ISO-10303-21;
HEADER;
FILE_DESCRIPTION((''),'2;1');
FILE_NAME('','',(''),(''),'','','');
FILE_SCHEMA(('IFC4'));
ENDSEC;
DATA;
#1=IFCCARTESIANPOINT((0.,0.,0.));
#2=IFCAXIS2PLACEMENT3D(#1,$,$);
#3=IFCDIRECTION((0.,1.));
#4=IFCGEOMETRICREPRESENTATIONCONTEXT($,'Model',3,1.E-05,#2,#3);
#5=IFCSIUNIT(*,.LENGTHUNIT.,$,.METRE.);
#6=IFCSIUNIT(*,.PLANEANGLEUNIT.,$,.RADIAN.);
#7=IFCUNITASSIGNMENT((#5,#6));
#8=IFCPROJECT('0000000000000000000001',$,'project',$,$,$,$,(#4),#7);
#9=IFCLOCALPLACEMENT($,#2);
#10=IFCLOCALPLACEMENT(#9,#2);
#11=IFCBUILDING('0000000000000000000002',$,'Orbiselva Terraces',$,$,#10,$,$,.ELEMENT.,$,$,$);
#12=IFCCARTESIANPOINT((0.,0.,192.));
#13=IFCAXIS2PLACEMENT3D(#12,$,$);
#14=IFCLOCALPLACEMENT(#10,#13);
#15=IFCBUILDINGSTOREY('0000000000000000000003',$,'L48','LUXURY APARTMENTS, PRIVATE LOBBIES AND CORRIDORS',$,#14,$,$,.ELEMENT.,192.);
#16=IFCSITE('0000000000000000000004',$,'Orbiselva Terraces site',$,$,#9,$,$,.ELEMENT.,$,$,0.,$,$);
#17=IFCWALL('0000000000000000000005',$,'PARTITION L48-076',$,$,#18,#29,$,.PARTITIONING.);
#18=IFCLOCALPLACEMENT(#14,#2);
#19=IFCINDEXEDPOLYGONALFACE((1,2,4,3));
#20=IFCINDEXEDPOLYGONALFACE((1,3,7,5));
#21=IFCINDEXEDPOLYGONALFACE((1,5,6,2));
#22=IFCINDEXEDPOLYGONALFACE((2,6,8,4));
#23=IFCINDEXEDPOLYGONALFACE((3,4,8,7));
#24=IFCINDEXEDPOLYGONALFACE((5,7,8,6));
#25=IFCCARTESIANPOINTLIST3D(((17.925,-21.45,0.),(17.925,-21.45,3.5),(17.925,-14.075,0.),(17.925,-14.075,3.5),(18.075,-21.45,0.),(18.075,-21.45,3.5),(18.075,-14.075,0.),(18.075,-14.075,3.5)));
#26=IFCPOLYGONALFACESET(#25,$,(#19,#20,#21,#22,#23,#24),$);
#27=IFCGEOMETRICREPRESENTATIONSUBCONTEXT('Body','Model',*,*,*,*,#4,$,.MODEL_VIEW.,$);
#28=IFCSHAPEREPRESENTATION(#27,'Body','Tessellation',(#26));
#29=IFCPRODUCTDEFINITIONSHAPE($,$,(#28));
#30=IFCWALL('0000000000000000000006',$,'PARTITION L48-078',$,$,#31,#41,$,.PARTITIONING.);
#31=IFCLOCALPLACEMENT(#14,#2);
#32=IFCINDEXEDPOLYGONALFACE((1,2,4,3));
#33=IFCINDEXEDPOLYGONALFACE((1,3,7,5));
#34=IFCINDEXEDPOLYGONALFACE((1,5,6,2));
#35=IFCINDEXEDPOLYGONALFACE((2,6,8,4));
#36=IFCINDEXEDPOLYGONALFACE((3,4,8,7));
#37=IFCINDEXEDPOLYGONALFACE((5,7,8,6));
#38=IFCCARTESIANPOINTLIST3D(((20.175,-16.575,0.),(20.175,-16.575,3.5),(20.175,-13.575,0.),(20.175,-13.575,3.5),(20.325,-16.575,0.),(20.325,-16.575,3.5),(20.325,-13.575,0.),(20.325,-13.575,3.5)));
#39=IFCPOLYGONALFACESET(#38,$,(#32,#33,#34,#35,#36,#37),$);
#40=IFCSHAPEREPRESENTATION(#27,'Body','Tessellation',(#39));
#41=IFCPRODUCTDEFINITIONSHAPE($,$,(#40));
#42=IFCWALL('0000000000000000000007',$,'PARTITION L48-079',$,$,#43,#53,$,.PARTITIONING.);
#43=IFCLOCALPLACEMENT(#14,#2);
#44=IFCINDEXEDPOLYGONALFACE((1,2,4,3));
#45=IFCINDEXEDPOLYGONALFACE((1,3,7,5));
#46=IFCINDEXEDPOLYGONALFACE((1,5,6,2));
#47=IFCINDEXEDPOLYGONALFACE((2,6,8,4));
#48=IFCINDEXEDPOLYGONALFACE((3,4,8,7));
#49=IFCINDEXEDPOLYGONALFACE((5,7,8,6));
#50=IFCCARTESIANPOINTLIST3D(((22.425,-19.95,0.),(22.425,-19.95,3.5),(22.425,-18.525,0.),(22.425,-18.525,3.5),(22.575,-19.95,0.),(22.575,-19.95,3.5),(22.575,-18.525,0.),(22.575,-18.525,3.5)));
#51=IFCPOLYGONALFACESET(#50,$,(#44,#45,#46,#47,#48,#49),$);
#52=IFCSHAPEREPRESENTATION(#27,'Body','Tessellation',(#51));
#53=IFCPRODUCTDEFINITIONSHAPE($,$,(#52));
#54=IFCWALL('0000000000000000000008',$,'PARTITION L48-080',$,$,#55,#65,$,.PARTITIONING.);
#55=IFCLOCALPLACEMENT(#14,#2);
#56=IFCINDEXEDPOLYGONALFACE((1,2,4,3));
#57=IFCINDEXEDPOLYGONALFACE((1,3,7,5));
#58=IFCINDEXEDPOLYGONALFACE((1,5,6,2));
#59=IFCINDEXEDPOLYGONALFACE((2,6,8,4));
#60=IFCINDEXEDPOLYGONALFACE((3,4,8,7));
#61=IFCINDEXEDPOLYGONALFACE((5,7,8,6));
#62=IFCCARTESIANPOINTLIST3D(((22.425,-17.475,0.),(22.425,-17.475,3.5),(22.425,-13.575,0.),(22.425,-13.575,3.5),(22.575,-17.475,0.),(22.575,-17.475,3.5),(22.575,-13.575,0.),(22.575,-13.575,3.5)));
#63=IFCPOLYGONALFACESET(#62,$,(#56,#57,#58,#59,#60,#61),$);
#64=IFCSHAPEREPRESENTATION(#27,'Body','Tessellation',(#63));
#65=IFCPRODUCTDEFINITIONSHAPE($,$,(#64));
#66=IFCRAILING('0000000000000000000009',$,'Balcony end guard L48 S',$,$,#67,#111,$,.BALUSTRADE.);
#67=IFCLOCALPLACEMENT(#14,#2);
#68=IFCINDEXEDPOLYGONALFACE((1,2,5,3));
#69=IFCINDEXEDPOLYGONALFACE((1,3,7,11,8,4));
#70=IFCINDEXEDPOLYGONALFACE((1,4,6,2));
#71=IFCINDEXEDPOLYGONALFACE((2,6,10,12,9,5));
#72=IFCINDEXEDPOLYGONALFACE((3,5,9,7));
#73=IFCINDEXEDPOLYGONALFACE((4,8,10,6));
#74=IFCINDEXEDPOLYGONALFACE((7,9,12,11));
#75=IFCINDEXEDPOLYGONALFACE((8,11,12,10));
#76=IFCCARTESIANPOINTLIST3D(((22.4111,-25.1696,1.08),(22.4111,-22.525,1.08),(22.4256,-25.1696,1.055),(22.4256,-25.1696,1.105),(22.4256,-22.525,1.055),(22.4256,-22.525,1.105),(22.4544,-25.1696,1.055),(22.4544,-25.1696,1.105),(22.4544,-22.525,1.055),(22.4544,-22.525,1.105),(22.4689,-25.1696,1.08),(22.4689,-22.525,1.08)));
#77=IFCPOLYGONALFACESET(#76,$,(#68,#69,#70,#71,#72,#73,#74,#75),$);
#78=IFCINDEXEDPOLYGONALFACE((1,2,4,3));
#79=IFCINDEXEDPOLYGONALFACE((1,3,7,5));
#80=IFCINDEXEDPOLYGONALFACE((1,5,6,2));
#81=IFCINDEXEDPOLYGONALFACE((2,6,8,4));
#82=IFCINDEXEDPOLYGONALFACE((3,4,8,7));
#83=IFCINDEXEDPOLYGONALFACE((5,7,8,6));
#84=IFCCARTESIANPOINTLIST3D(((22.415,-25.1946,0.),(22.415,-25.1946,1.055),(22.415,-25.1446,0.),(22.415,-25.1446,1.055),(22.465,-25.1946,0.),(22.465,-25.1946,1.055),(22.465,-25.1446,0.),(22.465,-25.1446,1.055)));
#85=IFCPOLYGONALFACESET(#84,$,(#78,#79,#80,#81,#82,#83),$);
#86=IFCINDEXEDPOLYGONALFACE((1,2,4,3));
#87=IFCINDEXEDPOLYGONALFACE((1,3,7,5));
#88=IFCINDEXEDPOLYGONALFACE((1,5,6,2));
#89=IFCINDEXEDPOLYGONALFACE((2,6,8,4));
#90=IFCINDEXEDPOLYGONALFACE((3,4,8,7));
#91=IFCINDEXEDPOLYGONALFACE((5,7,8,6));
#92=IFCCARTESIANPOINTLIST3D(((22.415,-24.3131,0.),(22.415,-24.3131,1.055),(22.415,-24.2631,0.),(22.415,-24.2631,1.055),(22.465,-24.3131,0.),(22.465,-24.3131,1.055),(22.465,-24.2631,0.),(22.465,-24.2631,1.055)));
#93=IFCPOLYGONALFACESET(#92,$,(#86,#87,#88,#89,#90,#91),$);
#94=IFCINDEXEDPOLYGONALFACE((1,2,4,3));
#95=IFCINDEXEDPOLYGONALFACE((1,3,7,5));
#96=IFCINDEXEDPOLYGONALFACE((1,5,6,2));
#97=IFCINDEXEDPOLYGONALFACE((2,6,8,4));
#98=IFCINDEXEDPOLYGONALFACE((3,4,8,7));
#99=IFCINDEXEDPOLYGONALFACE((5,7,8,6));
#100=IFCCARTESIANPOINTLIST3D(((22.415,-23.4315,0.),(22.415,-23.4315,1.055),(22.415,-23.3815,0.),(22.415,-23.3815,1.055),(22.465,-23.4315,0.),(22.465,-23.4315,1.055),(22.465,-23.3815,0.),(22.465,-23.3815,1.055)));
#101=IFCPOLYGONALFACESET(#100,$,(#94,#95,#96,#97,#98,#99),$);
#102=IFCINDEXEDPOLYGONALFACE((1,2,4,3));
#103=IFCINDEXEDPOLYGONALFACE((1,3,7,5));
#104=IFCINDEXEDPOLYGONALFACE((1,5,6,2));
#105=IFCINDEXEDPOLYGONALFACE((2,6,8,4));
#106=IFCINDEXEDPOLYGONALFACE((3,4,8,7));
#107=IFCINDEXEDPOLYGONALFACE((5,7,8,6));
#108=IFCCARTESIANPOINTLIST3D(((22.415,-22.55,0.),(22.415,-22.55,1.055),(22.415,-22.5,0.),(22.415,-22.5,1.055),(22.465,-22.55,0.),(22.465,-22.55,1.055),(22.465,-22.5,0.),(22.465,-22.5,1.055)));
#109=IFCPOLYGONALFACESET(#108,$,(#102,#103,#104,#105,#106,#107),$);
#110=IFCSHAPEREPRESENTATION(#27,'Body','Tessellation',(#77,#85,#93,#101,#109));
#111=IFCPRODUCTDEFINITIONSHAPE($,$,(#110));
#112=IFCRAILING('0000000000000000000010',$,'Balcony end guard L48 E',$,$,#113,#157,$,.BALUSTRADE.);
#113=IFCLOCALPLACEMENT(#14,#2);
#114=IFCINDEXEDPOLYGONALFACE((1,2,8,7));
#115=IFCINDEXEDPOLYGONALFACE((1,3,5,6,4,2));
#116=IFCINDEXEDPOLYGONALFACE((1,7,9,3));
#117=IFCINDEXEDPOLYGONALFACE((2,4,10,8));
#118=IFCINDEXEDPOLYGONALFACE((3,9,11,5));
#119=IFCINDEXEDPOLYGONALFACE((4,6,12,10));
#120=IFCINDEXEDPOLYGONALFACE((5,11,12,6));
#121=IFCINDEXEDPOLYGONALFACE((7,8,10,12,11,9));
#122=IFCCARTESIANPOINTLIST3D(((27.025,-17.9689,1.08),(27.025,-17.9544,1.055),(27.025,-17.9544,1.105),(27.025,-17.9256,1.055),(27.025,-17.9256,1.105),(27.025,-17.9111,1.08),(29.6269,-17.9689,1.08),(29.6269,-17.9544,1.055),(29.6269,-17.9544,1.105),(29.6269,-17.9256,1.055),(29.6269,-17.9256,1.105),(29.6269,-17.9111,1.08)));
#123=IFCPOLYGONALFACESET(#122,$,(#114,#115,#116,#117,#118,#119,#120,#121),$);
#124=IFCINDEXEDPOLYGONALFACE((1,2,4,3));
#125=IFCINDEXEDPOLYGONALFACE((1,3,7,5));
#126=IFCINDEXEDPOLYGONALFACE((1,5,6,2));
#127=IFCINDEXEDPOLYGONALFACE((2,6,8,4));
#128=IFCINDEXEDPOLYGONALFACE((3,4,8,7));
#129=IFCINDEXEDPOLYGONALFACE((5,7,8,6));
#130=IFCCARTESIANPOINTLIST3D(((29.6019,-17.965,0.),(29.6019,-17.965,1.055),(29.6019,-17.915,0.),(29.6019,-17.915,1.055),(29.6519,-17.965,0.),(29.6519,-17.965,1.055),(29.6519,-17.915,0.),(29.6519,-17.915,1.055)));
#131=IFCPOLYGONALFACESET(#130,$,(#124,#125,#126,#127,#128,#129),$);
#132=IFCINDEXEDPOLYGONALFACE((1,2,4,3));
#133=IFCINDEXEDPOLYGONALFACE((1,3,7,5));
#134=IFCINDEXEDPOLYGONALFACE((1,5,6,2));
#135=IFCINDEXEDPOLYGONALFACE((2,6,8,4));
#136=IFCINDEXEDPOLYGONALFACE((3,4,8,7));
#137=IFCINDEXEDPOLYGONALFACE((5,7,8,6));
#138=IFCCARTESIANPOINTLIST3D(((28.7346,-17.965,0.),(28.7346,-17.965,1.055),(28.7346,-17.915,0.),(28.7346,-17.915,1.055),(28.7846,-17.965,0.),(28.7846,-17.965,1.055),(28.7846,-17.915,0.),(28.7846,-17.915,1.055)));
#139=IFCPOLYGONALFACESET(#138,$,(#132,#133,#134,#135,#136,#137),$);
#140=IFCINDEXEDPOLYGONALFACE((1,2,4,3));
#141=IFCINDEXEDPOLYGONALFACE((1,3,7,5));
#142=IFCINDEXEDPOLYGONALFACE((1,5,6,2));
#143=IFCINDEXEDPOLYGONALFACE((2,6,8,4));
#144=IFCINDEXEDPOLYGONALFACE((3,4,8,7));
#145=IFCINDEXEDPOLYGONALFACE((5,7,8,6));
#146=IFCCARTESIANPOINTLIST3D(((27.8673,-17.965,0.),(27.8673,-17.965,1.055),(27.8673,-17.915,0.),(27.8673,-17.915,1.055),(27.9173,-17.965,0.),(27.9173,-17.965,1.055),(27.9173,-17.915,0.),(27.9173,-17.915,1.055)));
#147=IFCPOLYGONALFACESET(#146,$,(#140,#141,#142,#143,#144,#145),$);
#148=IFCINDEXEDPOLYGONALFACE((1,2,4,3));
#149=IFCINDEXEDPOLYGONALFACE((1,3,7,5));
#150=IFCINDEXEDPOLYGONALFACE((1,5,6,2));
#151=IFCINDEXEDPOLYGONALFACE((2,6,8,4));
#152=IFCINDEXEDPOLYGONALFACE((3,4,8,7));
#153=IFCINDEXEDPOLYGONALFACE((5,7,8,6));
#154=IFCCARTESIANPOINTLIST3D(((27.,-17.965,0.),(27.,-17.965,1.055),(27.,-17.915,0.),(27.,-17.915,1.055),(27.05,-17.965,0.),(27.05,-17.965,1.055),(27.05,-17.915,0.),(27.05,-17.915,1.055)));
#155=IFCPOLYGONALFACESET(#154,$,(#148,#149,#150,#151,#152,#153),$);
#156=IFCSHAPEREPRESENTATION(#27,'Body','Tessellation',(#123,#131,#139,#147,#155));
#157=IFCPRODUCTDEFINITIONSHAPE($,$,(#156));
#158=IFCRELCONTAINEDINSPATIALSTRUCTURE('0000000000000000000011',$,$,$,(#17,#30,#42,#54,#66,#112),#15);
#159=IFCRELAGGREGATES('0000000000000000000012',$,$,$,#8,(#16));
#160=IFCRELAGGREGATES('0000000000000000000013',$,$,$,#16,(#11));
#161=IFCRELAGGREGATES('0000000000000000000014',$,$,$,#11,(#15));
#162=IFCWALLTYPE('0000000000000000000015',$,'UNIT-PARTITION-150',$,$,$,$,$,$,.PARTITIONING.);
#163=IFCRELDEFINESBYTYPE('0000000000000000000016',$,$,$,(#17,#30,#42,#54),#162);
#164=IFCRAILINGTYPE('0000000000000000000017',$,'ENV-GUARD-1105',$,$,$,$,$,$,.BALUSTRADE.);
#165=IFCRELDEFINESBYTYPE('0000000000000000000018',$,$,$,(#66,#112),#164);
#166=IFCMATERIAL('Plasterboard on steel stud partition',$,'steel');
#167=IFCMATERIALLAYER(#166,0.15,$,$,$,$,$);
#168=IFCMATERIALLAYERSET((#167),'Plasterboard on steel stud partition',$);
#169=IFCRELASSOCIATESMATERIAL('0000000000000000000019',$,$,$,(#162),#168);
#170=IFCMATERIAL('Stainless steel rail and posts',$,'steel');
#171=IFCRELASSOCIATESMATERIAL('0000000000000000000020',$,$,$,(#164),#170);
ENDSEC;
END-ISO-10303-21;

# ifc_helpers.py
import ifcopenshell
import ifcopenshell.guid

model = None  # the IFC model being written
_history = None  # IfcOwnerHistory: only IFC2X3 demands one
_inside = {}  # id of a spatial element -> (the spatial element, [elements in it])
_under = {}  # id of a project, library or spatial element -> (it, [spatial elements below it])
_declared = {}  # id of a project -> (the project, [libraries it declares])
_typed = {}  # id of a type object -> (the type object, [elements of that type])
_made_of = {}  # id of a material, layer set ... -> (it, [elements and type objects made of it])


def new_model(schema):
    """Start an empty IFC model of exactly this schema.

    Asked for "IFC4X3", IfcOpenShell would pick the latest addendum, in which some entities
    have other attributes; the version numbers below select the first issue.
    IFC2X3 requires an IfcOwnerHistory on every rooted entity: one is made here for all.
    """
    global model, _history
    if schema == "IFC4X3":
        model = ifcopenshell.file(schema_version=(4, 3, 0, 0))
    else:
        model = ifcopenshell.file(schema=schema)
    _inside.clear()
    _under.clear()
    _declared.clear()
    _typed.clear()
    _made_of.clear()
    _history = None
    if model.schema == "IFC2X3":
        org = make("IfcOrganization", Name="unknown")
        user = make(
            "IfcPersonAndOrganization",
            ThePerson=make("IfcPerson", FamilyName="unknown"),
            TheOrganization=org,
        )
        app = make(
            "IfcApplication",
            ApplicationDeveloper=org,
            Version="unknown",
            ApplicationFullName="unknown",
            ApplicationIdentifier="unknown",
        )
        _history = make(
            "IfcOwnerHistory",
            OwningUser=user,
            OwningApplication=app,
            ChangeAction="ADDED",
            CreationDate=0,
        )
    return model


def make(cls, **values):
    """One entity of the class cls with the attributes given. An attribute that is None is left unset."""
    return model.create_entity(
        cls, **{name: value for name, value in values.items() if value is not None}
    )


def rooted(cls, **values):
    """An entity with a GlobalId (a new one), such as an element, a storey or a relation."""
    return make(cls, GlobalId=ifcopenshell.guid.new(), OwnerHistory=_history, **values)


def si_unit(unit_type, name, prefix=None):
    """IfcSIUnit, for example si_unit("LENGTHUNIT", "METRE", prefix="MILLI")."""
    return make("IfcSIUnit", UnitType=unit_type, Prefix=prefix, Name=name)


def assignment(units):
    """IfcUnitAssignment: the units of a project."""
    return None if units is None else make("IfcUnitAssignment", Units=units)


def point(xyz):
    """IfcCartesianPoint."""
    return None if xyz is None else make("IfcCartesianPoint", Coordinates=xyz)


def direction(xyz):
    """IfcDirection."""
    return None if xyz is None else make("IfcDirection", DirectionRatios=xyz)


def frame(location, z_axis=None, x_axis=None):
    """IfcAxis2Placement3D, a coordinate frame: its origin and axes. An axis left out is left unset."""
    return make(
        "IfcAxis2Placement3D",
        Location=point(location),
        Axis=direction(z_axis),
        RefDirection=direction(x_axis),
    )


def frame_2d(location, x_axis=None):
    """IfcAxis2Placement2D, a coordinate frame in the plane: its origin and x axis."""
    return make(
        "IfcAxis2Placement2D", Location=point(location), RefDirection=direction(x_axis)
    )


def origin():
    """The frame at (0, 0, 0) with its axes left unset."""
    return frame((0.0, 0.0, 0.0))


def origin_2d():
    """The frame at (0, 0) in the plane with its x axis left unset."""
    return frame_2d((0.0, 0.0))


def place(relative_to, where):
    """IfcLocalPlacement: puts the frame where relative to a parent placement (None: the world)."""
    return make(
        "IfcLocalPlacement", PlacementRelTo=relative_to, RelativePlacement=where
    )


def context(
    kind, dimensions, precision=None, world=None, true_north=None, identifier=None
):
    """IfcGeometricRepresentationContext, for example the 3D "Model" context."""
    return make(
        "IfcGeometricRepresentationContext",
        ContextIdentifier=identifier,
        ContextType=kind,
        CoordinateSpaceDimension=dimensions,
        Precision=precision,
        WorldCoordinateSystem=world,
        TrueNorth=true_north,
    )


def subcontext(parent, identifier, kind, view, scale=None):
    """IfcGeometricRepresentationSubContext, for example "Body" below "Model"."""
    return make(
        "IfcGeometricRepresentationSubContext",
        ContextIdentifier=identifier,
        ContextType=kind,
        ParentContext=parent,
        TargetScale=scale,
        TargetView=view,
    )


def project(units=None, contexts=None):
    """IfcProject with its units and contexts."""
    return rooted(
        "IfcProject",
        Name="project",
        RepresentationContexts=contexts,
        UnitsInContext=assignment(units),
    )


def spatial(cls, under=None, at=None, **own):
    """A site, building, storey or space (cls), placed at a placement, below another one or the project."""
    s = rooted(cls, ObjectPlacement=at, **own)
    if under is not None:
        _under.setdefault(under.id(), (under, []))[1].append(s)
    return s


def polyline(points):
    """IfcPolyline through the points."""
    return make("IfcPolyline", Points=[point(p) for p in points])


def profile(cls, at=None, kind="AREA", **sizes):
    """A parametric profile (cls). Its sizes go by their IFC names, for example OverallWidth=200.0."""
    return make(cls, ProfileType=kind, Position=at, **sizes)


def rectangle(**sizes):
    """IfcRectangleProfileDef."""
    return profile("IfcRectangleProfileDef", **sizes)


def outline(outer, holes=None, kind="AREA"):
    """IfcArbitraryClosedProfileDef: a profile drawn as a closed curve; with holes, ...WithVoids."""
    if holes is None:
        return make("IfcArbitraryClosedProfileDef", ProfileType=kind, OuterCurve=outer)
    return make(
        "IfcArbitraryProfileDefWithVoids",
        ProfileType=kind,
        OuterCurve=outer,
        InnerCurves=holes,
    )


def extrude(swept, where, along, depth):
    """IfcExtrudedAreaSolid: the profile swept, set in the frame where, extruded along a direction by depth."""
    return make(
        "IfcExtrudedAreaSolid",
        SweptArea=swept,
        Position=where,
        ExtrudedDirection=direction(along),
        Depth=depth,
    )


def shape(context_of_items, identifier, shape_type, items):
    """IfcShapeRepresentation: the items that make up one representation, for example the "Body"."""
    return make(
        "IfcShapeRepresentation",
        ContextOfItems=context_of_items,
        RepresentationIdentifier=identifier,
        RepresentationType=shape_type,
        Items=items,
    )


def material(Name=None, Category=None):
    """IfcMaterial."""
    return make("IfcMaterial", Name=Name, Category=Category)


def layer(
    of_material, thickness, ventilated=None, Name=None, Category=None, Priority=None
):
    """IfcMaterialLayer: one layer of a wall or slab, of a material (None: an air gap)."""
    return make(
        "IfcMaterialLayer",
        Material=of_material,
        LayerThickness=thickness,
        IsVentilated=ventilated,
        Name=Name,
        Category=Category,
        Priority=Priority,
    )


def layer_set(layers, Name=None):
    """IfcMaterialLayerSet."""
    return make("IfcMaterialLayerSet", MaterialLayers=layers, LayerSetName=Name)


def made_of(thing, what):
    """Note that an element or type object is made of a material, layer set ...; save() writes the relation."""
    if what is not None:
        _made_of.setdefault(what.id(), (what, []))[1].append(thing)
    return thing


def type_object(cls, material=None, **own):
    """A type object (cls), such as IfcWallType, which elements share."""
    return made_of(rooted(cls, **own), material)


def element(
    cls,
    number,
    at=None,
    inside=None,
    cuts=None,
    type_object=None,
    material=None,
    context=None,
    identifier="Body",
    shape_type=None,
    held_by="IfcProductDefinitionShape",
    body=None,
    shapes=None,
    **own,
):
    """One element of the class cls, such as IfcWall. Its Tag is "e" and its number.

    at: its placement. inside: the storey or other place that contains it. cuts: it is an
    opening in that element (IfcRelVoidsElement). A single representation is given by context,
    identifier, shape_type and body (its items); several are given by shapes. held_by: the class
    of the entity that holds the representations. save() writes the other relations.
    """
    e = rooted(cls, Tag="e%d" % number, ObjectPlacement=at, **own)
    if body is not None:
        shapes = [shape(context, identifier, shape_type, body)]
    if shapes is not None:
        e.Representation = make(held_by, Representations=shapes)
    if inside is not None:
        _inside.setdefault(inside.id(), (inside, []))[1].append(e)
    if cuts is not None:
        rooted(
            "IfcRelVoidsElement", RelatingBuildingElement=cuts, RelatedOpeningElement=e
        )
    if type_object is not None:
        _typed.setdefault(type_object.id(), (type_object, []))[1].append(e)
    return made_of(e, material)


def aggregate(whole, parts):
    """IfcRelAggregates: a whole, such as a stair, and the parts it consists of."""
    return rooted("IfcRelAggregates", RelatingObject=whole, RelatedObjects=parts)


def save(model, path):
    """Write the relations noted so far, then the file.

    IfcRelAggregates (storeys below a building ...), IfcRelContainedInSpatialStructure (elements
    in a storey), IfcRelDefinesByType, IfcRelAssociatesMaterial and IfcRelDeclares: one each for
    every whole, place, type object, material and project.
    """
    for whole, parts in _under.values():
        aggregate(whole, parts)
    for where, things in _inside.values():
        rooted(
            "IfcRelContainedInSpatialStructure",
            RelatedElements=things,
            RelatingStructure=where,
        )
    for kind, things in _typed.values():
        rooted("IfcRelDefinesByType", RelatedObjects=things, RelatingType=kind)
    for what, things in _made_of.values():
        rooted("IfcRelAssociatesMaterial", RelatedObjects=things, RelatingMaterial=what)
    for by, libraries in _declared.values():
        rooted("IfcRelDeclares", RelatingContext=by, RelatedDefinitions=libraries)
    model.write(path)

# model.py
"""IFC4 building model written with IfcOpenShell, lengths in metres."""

from ifc_helpers import new_model, si_unit, direction, frame, frame_2d, origin, origin_2d, place, context, subcontext, project, spatial, polyline, rectangle, outline, extrude, material, layer, layer_set, type_object, element, save


model = new_model("IFC4")

# Units and contexts
model_context = context("Model", 3, precision=1e-05, world=origin(), true_north=direction((0.0, 1.0)))
body_context = subcontext(model_context, "Body", "Model", "MODEL_VIEW")
ifc_project = project(units=[si_unit("LENGTHUNIT", "METRE"), si_unit("PLANEANGLEUNIT", "RADIAN")], contexts=[model_context])

# Site, building, storey
site_placement = place(None, origin())
site = spatial("IfcSite", under=ifc_project, at=site_placement, Name="Orbiselva Terraces site", CompositionType="ELEMENT", RefElevation=0.0)
building_placement = place(site_placement, origin())
building = spatial("IfcBuilding", under=site, at=building_placement, Name="Orbiselva Terraces", CompositionType="ELEMENT")
storey_placement = place(building_placement, frame((0.0, 0.0, 192.0)))
storey = spatial("IfcBuildingStorey", under=building, at=storey_placement, Name="L48", Description="LUXURY APARTMENTS, PRIVATE LOBBIES AND CORRIDORS", CompositionType="ELEMENT", Elevation=192.0)

# Walls
ifc_material_1 = material(Name="Plasterboard on steel stud partition", Category="steel")
ifc_layer_1 = layer(ifc_material_1, 0.15)
ifc_layer_set_1 = layer_set([ifc_layer_1], Name="Plasterboard on steel stud partition")
wall_type_1 = type_object("IfcWallType", Name="UNIT-PARTITION-150", PredefinedType="PARTITIONING", material=ifc_layer_set_1)
wall_1_placement = place(storey_placement, frame((18.0, -21.45, 0.0), z_axis=(0.0, 0.0, 1.0), x_axis=(0.0, 1.0, 0.0)))
element("IfcWall", 1, at=wall_1_placement, inside=storey, type_object=wall_type_1, Name="PARTITION L48-076", PredefinedType="PARTITIONING", context=body_context, shape_type="SweptSolid", body=[
    extrude(rectangle(XDim=7.375, YDim=0.15, at=frame_2d((3.6875, 0.0))), origin(), (0.0, 0.0, 1.0), 3.5),
])
wall_2_placement = place(storey_placement, frame((20.25, -16.575, 0.0), z_axis=(0.0, 0.0, 1.0), x_axis=(0.0, 1.0, 0.0)))
element("IfcWall", 2, at=wall_2_placement, inside=storey, type_object=wall_type_1, Name="PARTITION L48-078", PredefinedType="PARTITIONING", context=body_context, shape_type="SweptSolid", body=[
    extrude(rectangle(XDim=3.0, YDim=0.15, at=frame_2d((1.5, 0.0))), origin(), (0.0, 0.0, 1.0), 3.5),
])
wall_3_placement = place(storey_placement, frame((22.5, -19.95, 0.0), z_axis=(0.0, 0.0, 1.0), x_axis=(0.0, 1.0, 0.0)))
element("IfcWall", 3, at=wall_3_placement, inside=storey, type_object=wall_type_1, Name="PARTITION L48-079", PredefinedType="PARTITIONING", context=body_context, shape_type="SweptSolid", body=[
    extrude(rectangle(XDim=1.425, YDim=0.15, at=frame_2d((0.7125, 0.0))), origin(), (0.0, 0.0, 1.0), 3.5),
])
wall_4_placement = place(storey_placement, frame((22.5, -17.475, 0.0), z_axis=(0.0, 0.0, 1.0), x_axis=(0.0, 1.0, 0.0)))
element("IfcWall", 4, at=wall_4_placement, inside=storey, type_object=wall_type_1, Name="PARTITION L48-080", PredefinedType="PARTITIONING", context=body_context, shape_type="SweptSolid", body=[
    extrude(rectangle(XDim=3.9, YDim=0.15, at=frame_2d((1.95, 0.0))), origin(), (0.0, 0.0, 1.0), 3.5),
])

# Railings
ifc_material_2 = material(Name="Stainless steel rail and posts", Category="steel")
railing_type_1 = type_object("IfcRailingType", Name="ENV-GUARD-1105", PredefinedType="BALUSTRADE", material=ifc_material_2)
railing_1_placement = place(storey_placement, frame((22.44, -25.1696, 0.0)))
element("IfcRailing", 5, at=railing_1_placement, inside=storey, type_object=railing_type_1, Name="Balcony end guard L48 S", PredefinedType="BALUSTRADE", context=body_context, shape_type="SweptSolid", body=[
    extrude(outline(polyline([(0.0289, 0.0), (0.0144, 0.025), (-0.0144, 0.025), (-0.0289, 0.0), (-0.0144, -0.025), (0.0144, -0.025), (0.0289, 0.0)])), frame((0.0, 0.0, 1.08), z_axis=(0.0, 1.0, 0.0), x_axis=(-1.0, 0.0, 0.0)), (0.0, 0.0, 1.0), 2.6446),
    extrude(rectangle(XDim=0.05, YDim=0.05, at=origin_2d()), origin(), (0.0, 0.0, 1.0), 1.055),
    extrude(rectangle(XDim=0.05, YDim=0.05, at=origin_2d()), frame((0.0, 0.8815, 0.0)), (0.0, 0.0, 1.0), 1.055),
    extrude(rectangle(XDim=0.05, YDim=0.05, at=origin_2d()), frame((0.0, 1.7631, 0.0)), (0.0, 0.0, 1.0), 1.055),
    extrude(rectangle(XDim=0.05, YDim=0.05, at=origin_2d()), frame((0.0, 2.6446, 0.0)), (0.0, 0.0, 1.0), 1.055),
])
railing_2_placement = place(storey_placement, frame((29.6269, -17.94, 0.0)))
element("IfcRailing", 6, at=railing_2_placement, inside=storey, type_object=railing_type_1, Name="Balcony end guard L48 E", PredefinedType="BALUSTRADE", context=body_context, shape_type="SweptSolid", body=[
    extrude(outline(polyline([(0.0289, 0.0), (0.0144, 0.025), (-0.0144, 0.025), (-0.0289, 0.0), (-0.0144, -0.025), (0.0144, -0.025), (0.0289, 0.0)])), frame((0.0, 0.0, 1.08), z_axis=(-1.0, 0.0, 0.0), x_axis=(0.0, -1.0, 0.0)), (0.0, 0.0, 1.0), 2.6019),
    extrude(rectangle(XDim=0.05, YDim=0.05, at=origin_2d()), origin(), (0.0, 0.0, 1.0), 1.055),
    extrude(rectangle(XDim=0.05, YDim=0.05, at=origin_2d()), frame((-0.8673, 0.0, 0.0)), (0.0, 0.0, 1.0), 1.055),
    extrude(rectangle(XDim=0.05, YDim=0.05, at=origin_2d()), frame((-1.7346, 0.0, 0.0)), (0.0, 0.0, 1.0), 1.055),
    extrude(rectangle(XDim=0.05, YDim=0.05, at=origin_2d()), frame((-2.6019, 0.0, 0.0)), (0.0, 0.0, 1.0), 1.055),
])

save(model, "model.ifc")
